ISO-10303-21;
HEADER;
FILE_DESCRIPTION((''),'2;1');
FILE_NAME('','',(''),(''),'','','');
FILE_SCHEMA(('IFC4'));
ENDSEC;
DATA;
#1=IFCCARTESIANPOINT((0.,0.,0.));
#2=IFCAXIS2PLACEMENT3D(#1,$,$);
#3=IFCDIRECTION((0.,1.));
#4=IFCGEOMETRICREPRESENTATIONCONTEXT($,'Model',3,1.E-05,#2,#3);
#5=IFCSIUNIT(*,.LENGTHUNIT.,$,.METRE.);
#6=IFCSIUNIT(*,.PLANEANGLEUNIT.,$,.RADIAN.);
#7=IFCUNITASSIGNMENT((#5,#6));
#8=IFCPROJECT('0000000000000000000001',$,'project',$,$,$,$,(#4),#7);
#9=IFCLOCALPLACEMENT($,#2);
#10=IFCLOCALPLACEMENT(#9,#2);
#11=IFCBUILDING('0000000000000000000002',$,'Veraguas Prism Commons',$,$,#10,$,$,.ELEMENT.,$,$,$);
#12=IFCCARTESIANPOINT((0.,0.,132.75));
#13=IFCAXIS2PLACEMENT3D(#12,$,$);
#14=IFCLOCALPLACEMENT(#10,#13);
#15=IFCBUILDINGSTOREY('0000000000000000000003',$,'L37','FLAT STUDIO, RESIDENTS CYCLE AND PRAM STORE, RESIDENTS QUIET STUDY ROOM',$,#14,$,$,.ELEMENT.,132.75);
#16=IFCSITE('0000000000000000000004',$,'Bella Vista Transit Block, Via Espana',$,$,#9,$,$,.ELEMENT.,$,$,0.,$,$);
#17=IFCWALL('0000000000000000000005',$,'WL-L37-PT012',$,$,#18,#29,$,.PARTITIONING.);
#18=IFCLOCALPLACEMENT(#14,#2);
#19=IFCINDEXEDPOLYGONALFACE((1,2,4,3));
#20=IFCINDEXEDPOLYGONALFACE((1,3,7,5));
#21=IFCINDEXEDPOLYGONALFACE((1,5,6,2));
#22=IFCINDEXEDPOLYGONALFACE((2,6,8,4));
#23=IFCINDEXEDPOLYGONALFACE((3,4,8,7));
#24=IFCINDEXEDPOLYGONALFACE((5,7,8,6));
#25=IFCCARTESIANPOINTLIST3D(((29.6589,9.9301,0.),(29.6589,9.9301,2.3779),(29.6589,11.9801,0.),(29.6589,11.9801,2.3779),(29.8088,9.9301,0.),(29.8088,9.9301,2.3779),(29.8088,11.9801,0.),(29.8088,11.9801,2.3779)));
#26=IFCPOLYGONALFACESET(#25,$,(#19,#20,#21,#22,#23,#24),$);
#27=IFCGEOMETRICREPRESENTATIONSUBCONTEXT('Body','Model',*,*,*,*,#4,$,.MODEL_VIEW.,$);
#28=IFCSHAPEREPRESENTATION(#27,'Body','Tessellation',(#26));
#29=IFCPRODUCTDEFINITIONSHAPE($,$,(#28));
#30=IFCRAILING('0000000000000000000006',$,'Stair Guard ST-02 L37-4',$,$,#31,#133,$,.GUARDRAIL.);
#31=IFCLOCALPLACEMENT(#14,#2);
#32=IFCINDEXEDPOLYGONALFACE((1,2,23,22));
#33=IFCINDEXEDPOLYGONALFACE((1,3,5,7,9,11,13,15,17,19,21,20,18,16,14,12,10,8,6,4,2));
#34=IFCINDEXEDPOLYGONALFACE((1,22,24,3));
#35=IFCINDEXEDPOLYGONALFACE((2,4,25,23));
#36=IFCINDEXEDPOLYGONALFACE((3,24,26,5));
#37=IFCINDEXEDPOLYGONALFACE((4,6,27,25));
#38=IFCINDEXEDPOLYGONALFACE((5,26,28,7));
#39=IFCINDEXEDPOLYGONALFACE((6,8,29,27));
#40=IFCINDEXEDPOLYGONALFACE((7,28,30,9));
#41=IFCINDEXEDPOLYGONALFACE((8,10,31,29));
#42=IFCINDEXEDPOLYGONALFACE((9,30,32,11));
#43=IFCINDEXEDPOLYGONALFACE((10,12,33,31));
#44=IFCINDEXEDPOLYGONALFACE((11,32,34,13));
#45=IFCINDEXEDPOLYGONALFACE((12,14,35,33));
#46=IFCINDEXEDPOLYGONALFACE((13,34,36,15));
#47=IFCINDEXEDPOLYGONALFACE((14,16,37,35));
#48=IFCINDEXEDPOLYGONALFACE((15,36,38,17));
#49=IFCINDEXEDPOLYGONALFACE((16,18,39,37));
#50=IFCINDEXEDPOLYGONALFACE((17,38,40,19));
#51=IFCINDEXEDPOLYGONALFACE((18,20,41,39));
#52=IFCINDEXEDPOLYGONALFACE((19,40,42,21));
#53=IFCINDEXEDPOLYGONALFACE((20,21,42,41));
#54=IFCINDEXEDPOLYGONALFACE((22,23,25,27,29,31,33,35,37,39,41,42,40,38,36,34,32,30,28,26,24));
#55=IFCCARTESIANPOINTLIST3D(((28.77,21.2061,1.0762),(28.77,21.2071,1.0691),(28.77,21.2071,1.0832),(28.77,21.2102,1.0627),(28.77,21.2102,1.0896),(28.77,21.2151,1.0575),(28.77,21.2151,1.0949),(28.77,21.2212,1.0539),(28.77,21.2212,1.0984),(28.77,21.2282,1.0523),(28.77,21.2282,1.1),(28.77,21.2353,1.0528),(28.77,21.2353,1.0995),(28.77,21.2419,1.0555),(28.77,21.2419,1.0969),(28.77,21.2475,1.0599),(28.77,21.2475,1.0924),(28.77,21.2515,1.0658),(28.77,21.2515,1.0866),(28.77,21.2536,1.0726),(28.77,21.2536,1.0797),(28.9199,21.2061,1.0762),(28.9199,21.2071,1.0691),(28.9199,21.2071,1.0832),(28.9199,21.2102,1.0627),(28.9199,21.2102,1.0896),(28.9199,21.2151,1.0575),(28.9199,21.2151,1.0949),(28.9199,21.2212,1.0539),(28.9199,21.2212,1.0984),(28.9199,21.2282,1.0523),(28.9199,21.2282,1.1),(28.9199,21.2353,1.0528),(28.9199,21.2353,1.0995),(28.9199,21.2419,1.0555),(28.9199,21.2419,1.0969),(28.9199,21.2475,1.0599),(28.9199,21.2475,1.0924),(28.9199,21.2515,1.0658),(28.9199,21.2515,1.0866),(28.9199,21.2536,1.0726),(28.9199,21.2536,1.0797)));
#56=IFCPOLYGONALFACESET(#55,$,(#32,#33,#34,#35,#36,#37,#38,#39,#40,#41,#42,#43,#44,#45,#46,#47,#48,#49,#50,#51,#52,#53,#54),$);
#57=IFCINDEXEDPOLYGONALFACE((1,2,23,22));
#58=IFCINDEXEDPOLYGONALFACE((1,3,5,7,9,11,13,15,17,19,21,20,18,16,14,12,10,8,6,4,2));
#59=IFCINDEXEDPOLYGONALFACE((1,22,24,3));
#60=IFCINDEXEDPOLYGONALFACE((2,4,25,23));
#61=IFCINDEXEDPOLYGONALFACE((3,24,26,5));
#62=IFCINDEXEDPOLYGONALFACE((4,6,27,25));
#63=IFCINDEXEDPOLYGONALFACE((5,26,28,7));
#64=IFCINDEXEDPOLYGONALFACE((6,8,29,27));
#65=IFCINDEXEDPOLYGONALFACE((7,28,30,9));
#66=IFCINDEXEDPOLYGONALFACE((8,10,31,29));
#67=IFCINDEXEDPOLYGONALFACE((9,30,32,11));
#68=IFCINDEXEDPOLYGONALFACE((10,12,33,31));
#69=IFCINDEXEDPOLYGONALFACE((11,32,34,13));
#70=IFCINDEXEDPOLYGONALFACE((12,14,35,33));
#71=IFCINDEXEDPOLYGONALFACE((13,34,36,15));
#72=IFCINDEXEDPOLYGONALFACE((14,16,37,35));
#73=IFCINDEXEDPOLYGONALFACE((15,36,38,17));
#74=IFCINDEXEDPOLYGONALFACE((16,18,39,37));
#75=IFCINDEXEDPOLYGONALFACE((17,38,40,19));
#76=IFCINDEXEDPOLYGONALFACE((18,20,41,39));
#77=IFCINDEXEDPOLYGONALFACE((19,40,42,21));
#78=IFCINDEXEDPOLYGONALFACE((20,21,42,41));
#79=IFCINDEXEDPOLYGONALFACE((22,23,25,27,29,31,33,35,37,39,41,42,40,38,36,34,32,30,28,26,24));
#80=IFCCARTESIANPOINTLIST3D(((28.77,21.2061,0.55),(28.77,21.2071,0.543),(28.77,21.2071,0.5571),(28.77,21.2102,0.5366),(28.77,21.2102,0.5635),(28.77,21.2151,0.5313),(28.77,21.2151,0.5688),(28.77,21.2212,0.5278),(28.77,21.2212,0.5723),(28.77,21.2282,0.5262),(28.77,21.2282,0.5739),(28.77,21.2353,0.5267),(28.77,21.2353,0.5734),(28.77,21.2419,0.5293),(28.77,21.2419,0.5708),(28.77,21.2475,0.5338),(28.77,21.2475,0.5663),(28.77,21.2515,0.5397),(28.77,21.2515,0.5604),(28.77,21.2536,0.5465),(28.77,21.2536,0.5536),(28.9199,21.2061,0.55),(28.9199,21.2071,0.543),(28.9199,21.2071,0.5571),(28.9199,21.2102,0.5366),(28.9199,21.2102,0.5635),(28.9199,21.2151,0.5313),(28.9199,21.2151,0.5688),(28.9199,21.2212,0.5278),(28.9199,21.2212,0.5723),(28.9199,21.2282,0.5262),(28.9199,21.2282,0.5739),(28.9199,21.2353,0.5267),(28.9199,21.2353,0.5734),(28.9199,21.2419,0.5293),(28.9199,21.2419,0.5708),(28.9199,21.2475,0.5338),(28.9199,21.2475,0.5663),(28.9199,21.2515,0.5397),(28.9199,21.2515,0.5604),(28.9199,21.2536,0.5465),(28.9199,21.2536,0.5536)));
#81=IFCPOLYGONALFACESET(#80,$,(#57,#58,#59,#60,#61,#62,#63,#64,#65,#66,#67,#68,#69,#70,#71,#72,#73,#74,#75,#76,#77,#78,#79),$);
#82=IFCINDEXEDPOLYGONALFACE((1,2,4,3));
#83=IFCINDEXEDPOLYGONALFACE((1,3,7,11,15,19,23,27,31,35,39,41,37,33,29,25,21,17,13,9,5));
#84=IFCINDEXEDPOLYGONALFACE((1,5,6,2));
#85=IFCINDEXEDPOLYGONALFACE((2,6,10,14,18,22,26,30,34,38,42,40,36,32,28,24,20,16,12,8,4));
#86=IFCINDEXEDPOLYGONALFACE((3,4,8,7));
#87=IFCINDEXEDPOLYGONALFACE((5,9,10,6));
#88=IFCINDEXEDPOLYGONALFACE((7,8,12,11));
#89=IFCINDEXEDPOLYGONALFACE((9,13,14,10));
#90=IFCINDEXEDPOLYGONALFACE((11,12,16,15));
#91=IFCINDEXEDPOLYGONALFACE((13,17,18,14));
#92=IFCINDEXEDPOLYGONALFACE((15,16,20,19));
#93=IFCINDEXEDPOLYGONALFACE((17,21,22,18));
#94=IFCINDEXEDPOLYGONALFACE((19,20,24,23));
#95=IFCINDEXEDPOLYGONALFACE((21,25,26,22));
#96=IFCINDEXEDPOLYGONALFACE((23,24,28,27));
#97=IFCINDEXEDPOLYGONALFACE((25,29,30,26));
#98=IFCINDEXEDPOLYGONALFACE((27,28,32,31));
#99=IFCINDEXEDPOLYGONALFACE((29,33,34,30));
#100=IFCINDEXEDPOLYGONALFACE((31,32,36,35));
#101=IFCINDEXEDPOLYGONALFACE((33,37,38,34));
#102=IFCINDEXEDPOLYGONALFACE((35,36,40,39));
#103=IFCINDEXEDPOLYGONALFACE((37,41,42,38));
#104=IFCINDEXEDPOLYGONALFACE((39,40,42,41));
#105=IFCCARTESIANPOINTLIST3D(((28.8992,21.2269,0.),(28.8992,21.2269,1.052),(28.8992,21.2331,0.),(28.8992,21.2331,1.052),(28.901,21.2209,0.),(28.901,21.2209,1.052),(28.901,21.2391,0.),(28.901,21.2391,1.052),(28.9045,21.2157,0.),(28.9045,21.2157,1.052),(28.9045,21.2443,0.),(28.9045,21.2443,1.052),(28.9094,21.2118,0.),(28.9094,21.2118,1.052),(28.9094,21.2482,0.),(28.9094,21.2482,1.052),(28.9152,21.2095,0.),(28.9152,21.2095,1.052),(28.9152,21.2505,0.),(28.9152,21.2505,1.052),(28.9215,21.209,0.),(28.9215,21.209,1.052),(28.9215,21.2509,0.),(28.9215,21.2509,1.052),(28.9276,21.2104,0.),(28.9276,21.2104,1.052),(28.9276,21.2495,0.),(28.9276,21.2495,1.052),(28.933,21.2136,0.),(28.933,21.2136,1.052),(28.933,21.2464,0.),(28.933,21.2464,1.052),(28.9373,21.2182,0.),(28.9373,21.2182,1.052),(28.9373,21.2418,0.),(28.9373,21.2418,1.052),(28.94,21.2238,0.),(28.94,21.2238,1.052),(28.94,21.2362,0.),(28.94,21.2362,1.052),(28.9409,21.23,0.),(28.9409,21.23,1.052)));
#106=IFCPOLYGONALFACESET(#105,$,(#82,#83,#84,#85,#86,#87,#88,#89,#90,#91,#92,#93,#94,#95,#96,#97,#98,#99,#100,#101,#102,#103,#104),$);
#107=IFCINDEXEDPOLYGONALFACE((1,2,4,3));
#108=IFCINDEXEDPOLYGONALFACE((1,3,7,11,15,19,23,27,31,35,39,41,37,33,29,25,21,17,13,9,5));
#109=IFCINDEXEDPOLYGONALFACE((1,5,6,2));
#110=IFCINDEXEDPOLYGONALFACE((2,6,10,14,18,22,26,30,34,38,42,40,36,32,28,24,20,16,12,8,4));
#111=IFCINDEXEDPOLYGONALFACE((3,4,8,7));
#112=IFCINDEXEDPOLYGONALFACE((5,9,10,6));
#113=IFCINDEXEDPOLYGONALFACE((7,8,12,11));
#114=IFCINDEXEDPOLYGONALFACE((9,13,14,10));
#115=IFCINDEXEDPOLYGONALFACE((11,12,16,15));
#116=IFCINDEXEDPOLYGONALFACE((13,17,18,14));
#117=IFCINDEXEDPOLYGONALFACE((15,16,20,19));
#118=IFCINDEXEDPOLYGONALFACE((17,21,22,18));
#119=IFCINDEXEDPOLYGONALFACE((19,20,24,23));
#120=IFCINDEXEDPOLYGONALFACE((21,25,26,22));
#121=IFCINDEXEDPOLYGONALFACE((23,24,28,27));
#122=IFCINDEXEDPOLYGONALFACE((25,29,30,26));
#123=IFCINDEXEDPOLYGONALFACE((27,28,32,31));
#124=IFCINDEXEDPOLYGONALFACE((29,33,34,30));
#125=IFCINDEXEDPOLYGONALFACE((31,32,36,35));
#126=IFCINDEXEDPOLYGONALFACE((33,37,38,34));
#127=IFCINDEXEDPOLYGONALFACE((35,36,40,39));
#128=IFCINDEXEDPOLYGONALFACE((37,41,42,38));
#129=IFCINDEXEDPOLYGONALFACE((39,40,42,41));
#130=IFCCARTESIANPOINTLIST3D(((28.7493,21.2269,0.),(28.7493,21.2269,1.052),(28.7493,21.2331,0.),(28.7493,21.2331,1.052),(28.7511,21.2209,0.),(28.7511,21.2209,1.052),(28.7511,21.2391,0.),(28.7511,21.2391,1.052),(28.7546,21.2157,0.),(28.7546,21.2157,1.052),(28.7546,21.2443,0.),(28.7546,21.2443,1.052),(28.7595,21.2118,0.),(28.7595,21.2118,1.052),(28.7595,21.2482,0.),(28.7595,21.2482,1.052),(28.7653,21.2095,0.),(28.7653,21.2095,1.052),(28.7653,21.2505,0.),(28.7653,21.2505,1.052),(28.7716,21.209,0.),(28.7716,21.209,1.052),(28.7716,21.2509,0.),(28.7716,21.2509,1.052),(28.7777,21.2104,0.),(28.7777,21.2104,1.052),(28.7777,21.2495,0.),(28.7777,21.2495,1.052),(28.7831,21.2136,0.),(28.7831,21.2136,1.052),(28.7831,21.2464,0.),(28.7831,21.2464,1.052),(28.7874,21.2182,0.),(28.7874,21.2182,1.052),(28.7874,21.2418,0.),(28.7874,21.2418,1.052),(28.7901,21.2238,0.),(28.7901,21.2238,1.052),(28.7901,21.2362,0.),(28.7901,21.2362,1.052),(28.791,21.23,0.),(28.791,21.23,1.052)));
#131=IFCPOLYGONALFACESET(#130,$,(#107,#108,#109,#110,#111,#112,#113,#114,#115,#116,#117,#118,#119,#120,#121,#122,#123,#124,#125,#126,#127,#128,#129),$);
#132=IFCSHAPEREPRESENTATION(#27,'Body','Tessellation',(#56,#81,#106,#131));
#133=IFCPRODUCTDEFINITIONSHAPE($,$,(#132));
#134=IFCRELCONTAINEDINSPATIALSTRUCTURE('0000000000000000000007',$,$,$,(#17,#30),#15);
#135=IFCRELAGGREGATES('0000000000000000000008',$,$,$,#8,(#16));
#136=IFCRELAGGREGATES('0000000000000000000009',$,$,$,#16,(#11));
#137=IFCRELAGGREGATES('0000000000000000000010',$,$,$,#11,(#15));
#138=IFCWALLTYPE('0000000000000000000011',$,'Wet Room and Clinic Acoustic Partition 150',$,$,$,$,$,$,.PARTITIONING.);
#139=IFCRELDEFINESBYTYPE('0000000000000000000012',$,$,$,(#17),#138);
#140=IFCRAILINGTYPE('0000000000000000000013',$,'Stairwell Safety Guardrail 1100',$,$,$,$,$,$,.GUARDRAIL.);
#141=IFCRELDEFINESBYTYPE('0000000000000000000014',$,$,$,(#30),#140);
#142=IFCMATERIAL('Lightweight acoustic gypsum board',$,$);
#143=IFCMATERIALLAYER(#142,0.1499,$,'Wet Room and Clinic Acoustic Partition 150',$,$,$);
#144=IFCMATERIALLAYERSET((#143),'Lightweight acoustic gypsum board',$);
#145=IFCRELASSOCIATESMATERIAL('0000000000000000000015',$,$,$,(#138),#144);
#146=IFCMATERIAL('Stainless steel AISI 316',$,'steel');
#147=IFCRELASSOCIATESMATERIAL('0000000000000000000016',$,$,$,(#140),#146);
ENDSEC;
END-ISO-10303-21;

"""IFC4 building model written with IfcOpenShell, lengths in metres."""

from ifc_helpers import new_model, si_unit, direction, frame, frame_2d, origin, origin_2d, place, context, subcontext, project, spatial, rectangle, circle, extrude, material, layer, layer_set, type_object, element, save


model = new_model("IFC4")

# Units and contexts
model_context = context("Model", 3, precision=1e-05, world=origin(), true_north=direction((0.0, 1.0)))
body_context = subcontext(model_context, "Body", "Model", "MODEL_VIEW")
ifc_project = project(units=[si_unit("LENGTHUNIT", "METRE"), si_unit("PLANEANGLEUNIT", "RADIAN")], contexts=[model_context])

# Site, building, storey
site_placement = place(None, origin())
site = spatial("IfcSite", under=ifc_project, at=site_placement, Name="Bella Vista Transit Block, Via Espana", CompositionType="ELEMENT", RefElevation=0.0)
building_placement = place(site_placement, origin())
building = spatial("IfcBuilding", under=site, at=building_placement, Name="Veraguas Prism Commons", CompositionType="ELEMENT")
storey_placement = place(building_placement, frame((0.0, 0.0, 132.75)))
storey = spatial("IfcBuildingStorey", under=building, at=storey_placement, Name="L37", Description="FLAT STUDIO, RESIDENTS CYCLE AND PRAM STORE, RESIDENTS QUIET STUDY ROOM", CompositionType="ELEMENT", Elevation=132.75)

# Shared definitions
ifc_material_1 = material(Name="Stainless steel AISI 316", Category="steel")

# Wall
ifc_material_2 = material(Name="Lightweight acoustic gypsum board")
ifc_layer_1 = layer(ifc_material_2, 0.1499, Name="Wet Room and Clinic Acoustic Partition 150")
ifc_layer_set_1 = layer_set([ifc_layer_1], Name="Lightweight acoustic gypsum board")
wall_type_1 = type_object("IfcWallType", Name="Wet Room and Clinic Acoustic Partition 150", PredefinedType="PARTITIONING", material=ifc_layer_set_1)
wall_1_placement = place(storey_placement, frame((29.7339, 11.98, 0.0), z_axis=(0.0, 0.0, 1.0), x_axis=(0.0, -1.0, 0.0)))
element("IfcWall", 1, at=wall_1_placement, inside=storey, type_object=wall_type_1, Name="WL-L37-PT012", PredefinedType="PARTITIONING", context=body_context, shape_type="SweptSolid", body=[
    extrude(rectangle(XDim=2.05, YDim=0.1499, at=frame_2d((1.0249, 0.0))), origin(), (0.0, 0.0, 1.0), 2.3779),
])

# Railing
railing_type = type_object("IfcRailingType", Name="Stairwell Safety Guardrail 1100", PredefinedType="GUARDRAIL", material=ifc_material_1)
railing_placement = place(storey_placement, frame((28.9199, 21.23, 0.0)))
element("IfcRailing", 2, at=railing_placement, inside=storey, type_object=railing_type, Name="Stair Guard ST-02 L37-4", PredefinedType="GUARDRAIL", context=body_context, shape_type="SweptSolid", body=[
    extrude(circle(Radius=0.0239, at=origin_2d()), frame((0.0, 0.0, 1.0762), z_axis=(-1.0, 0.0, 0.0), x_axis=(0.0, -1.0, 0.0)), (0.0, 0.0, 1.0), 0.1499),
    extrude(circle(Radius=0.0239, at=origin_2d()), frame((0.0, 0.0, 0.55), z_axis=(-1.0, 0.0, 0.0), x_axis=(0.0, -1.0, 0.0)), (0.0, 0.0, 1.0), 0.1499),
    extrude(circle(Radius=0.021, at=origin_2d()), origin(), (0.0, 0.0, 1.0), 1.052),
    extrude(circle(Radius=0.021, at=origin_2d()), frame((-0.1499, 0.0, 0.0)), (0.0, 0.0, 1.0), 1.052),
])

save(model, "model.ifc")
